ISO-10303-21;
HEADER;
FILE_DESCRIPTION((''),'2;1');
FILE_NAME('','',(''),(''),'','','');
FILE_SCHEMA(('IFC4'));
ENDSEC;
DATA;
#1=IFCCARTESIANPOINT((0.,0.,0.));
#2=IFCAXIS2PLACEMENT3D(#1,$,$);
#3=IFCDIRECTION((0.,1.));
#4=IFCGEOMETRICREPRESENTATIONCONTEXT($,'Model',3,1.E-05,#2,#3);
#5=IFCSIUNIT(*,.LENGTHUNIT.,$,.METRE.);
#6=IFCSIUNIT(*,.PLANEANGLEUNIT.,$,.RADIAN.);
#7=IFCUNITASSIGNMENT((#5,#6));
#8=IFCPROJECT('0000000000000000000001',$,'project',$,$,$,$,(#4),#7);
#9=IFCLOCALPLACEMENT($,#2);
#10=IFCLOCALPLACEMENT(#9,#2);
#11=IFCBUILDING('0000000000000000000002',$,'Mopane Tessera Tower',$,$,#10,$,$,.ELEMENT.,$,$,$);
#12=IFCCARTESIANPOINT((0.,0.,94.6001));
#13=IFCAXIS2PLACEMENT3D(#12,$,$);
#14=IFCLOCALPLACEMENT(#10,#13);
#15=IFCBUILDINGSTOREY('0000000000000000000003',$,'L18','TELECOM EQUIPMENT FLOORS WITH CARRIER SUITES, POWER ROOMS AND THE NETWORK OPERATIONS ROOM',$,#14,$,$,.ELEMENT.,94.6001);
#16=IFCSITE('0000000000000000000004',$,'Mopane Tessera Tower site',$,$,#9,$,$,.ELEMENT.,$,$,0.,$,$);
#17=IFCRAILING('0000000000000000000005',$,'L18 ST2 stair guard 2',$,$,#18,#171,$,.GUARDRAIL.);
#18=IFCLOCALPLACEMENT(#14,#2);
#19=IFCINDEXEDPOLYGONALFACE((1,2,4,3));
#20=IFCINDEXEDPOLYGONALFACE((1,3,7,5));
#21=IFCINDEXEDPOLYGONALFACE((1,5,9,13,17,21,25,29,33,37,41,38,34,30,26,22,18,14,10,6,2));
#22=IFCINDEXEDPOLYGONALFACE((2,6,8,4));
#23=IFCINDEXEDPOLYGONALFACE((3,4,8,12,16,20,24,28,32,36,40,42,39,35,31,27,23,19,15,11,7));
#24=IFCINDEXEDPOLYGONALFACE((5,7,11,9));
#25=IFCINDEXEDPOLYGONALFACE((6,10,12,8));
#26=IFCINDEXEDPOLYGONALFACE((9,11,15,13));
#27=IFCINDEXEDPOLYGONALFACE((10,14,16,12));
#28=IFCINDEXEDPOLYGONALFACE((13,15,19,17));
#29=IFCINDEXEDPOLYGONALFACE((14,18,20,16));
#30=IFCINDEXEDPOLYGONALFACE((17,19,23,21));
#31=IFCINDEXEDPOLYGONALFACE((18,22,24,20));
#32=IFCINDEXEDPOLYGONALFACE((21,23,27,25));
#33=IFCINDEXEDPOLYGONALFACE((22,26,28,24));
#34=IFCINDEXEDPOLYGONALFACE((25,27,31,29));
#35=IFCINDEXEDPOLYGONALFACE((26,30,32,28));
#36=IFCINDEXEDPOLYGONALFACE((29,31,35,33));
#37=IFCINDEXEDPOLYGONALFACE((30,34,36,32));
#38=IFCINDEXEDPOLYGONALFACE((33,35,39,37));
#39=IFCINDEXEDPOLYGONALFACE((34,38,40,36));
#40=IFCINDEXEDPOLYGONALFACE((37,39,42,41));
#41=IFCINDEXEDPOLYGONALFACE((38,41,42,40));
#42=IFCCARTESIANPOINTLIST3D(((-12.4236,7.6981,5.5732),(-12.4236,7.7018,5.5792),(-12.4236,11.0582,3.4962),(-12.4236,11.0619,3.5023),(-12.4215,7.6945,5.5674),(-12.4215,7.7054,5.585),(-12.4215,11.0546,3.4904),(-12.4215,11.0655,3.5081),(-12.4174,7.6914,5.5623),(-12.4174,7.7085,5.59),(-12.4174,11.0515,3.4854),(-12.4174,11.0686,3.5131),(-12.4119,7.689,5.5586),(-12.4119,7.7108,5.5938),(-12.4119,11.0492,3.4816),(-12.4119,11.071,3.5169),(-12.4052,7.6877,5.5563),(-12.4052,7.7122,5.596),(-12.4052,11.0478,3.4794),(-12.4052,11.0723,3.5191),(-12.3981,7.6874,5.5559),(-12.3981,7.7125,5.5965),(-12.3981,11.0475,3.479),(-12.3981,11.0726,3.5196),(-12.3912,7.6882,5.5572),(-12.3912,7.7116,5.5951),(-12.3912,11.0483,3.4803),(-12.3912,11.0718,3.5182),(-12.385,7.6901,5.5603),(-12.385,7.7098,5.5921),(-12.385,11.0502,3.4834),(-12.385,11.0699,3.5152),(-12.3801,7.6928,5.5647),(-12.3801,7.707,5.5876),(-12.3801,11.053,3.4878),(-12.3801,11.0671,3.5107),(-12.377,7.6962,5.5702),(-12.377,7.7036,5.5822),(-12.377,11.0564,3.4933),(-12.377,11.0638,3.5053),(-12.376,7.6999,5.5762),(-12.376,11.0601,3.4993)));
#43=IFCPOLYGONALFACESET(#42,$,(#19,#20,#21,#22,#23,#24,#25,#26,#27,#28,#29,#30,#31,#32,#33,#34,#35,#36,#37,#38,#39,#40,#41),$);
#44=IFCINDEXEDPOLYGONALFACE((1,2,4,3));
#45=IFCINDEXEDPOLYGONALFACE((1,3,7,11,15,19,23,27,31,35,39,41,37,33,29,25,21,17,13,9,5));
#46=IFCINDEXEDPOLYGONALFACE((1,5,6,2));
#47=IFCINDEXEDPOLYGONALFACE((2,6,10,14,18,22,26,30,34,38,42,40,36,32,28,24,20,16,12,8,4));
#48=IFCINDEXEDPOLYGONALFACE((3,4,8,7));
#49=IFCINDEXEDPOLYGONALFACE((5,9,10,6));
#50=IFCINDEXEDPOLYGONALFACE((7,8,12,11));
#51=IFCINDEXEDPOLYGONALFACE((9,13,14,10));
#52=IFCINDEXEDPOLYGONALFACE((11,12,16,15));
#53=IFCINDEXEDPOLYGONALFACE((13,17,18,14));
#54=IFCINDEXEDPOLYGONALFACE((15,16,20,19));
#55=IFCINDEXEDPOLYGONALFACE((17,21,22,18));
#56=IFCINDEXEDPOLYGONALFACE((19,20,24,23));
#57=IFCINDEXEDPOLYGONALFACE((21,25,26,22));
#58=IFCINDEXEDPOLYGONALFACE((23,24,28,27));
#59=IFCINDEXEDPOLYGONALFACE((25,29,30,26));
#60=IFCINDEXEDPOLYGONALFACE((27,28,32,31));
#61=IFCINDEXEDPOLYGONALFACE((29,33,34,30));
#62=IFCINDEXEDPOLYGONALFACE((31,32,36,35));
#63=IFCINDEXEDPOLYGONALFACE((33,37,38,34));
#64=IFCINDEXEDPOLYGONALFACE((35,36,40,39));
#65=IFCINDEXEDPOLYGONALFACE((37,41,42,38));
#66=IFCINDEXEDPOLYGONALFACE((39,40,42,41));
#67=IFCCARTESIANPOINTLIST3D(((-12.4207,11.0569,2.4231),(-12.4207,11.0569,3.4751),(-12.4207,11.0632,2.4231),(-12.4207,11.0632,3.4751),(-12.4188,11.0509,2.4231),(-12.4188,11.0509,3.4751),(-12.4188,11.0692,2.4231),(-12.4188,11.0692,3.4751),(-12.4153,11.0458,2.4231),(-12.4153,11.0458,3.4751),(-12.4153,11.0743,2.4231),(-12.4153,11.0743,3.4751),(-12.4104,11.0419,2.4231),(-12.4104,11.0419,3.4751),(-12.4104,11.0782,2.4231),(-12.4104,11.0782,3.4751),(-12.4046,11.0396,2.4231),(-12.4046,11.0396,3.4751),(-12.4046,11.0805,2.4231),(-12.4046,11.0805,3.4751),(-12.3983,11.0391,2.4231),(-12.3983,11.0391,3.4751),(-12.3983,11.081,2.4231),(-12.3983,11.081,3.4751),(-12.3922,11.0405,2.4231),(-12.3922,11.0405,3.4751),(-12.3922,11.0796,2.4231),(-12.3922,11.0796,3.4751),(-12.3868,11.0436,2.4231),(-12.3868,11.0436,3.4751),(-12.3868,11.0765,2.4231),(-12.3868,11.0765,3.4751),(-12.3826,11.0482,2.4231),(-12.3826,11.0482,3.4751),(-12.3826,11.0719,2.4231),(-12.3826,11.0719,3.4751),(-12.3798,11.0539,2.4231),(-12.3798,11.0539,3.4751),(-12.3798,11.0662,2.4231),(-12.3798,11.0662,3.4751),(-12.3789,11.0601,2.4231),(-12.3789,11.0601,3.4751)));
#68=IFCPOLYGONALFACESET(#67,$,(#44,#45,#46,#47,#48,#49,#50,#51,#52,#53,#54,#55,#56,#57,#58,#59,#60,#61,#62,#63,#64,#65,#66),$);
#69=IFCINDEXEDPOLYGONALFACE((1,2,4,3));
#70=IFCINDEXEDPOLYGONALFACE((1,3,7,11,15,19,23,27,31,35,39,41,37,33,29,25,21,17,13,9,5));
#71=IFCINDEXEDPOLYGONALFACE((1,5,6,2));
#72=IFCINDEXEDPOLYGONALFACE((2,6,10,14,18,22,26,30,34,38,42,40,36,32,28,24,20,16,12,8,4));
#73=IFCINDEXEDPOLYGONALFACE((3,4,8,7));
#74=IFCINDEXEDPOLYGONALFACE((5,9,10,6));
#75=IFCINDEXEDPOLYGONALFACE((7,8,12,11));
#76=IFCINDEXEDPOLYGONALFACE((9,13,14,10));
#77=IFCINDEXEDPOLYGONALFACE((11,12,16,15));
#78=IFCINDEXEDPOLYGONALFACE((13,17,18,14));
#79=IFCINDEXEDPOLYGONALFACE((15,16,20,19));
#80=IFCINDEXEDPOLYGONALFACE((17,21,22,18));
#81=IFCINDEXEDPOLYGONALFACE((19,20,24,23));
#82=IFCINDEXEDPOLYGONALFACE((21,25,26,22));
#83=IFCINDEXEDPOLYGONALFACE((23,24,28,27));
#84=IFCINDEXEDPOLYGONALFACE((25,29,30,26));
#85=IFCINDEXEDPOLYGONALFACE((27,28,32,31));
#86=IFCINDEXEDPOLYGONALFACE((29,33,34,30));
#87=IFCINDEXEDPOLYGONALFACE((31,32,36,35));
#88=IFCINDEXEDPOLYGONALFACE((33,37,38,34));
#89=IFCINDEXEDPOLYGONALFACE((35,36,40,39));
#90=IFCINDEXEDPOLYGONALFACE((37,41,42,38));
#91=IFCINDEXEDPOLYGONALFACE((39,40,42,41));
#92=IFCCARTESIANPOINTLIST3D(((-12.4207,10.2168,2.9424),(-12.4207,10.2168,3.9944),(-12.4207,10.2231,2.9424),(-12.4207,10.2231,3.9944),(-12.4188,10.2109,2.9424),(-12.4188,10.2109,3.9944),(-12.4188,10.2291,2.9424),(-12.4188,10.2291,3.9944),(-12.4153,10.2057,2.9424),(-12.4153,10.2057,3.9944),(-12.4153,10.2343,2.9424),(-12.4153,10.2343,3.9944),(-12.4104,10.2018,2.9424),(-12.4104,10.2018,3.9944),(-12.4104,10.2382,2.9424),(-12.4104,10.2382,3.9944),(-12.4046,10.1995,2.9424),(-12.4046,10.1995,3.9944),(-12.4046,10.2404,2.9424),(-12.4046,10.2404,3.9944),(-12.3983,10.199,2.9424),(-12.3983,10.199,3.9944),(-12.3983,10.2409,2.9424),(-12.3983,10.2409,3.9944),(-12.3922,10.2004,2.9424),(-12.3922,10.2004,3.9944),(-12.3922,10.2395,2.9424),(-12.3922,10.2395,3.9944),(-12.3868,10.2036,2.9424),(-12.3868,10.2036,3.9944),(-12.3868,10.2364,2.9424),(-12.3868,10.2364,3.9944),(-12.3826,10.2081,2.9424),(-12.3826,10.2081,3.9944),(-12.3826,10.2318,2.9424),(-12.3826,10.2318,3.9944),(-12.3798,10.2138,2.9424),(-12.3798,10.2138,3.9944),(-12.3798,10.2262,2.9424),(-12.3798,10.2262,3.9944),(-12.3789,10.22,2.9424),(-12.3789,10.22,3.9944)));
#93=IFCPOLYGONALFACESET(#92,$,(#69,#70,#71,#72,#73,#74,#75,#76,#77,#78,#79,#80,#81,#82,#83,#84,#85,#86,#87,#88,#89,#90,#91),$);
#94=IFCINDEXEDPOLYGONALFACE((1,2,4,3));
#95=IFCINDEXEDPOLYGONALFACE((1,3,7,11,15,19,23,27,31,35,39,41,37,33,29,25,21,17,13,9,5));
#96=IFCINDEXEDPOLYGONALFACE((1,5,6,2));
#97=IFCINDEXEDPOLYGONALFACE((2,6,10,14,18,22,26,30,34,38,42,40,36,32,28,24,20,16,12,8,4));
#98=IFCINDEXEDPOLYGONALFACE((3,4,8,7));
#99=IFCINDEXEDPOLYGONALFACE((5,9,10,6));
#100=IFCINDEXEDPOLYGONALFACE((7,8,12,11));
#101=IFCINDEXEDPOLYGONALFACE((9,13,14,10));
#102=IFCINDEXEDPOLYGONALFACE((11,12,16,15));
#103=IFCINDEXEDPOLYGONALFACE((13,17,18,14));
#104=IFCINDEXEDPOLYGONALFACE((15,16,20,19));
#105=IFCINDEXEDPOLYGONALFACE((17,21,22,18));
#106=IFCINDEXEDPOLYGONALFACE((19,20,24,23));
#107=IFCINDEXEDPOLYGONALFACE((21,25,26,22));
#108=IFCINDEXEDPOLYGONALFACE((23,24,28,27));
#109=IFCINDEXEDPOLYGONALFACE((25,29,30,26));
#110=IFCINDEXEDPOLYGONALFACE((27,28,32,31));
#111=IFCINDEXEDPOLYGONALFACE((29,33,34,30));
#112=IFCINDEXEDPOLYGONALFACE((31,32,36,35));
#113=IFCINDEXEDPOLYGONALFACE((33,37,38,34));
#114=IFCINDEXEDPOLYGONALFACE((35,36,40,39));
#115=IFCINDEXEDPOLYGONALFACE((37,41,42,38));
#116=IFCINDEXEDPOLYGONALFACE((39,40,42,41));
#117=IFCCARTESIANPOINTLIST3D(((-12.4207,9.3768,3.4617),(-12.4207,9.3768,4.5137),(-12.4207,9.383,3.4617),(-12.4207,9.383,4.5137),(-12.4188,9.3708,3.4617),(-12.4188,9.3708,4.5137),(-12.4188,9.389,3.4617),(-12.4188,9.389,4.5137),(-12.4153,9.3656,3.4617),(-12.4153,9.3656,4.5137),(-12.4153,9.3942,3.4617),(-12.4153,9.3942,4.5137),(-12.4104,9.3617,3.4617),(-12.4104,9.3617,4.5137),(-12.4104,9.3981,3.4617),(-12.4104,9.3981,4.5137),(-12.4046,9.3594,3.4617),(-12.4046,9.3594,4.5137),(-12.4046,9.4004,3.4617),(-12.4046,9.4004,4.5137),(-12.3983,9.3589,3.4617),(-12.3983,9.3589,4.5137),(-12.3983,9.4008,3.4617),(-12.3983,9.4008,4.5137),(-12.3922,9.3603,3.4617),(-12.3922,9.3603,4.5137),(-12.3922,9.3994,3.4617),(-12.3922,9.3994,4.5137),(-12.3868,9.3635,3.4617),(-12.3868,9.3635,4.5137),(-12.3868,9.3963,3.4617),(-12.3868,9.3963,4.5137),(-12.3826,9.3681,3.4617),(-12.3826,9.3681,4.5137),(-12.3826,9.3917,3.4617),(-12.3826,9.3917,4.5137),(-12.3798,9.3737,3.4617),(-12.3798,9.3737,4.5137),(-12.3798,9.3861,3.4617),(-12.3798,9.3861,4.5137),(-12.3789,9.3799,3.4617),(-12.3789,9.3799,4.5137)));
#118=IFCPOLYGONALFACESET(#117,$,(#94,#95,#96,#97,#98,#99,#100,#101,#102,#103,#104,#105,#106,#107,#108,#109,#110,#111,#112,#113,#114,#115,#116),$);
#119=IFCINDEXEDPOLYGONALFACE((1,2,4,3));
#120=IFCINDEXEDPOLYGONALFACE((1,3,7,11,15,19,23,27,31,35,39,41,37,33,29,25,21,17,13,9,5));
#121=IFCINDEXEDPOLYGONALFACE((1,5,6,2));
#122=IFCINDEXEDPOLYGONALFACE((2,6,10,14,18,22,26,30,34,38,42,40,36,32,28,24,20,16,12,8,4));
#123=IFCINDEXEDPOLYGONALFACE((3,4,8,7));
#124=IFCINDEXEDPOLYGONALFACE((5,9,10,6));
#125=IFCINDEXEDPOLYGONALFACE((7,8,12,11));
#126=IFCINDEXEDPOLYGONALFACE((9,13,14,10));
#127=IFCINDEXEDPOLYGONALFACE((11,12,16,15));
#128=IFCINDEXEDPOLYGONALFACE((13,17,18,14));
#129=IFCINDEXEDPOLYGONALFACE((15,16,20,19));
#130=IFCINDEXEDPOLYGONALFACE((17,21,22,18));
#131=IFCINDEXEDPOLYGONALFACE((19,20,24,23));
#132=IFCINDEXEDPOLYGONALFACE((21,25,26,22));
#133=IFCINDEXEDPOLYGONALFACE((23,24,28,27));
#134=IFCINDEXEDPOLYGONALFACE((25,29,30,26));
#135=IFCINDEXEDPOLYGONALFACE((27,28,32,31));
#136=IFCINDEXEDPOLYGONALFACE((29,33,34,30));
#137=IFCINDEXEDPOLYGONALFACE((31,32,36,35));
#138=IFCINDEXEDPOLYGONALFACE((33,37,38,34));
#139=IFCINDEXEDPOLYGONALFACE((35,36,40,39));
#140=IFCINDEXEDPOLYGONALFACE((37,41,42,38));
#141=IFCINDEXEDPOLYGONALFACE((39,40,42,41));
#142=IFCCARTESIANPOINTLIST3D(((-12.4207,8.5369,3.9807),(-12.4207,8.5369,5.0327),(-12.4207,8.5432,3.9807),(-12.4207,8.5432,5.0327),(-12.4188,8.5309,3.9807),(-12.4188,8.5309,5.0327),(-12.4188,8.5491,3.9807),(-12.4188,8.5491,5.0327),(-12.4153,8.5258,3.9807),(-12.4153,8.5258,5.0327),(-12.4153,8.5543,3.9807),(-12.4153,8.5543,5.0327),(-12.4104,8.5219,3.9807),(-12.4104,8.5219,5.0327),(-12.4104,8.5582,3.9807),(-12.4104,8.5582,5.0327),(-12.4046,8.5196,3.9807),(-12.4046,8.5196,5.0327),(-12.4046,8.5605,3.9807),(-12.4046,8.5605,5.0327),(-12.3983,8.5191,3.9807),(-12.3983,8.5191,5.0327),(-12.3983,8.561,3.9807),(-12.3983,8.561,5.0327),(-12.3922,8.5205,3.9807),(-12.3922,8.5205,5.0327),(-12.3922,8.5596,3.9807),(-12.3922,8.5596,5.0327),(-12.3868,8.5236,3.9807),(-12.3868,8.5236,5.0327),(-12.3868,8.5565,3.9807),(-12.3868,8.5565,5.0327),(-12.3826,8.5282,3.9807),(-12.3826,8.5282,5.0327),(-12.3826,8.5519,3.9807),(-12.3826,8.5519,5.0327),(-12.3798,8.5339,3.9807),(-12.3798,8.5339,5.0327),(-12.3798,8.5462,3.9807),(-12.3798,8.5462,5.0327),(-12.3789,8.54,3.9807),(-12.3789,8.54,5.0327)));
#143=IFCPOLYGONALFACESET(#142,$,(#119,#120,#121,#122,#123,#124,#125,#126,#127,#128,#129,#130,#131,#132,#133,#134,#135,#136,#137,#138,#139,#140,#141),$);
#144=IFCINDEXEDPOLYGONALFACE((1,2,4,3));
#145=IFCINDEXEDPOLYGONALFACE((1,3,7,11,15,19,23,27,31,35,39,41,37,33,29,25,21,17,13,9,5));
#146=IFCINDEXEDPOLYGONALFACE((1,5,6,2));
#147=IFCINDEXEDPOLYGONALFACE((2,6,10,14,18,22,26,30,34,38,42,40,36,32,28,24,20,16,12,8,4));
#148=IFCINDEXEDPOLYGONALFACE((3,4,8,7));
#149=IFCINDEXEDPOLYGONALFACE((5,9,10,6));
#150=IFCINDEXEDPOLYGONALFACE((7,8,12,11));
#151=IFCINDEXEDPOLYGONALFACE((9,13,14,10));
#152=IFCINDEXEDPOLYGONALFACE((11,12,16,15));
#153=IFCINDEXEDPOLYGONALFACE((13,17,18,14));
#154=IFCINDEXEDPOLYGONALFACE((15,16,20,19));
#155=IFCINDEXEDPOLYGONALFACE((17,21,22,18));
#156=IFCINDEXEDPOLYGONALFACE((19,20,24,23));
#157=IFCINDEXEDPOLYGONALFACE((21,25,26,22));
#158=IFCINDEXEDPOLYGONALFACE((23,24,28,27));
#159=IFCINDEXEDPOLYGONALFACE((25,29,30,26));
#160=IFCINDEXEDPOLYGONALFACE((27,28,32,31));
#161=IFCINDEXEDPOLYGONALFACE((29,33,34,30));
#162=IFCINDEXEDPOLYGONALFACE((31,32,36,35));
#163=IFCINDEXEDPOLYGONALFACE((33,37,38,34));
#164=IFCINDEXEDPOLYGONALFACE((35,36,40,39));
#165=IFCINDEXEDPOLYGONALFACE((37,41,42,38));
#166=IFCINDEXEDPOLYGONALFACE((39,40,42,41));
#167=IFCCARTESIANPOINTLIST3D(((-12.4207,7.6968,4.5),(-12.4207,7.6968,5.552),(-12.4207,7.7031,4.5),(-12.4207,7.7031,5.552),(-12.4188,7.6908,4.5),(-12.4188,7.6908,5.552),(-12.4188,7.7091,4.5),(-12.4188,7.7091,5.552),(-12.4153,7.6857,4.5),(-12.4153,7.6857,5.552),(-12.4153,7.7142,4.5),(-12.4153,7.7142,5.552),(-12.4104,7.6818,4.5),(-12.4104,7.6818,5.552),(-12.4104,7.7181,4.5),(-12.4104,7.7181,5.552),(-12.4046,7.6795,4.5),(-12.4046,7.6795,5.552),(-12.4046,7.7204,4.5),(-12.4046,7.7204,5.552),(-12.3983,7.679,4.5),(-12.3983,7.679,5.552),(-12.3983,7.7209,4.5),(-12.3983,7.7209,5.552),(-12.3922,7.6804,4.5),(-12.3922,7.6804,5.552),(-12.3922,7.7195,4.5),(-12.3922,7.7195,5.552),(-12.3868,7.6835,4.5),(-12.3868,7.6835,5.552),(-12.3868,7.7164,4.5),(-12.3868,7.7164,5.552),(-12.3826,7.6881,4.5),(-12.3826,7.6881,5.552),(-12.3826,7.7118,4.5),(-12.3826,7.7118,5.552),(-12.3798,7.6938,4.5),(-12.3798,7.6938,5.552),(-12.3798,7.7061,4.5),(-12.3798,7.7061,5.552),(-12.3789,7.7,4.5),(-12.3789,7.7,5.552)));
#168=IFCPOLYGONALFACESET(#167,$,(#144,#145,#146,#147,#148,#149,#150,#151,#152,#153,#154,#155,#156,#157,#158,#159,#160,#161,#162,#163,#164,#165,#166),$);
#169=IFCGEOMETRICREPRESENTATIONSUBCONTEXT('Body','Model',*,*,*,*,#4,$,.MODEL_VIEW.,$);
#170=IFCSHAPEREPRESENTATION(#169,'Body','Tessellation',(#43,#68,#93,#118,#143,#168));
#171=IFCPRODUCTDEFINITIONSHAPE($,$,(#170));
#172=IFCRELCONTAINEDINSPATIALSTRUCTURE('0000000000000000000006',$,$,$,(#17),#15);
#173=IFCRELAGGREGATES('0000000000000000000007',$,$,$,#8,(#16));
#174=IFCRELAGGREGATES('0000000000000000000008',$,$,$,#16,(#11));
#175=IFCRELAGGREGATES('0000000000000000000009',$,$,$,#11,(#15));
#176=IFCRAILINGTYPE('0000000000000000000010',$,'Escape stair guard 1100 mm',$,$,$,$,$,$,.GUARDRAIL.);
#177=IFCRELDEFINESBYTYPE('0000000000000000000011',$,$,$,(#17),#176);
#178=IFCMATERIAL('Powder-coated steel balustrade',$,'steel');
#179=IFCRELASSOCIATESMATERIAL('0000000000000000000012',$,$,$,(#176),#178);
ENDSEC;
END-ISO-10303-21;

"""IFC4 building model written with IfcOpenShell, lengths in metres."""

from ifc_helpers import new_model, si_unit, direction, frame, origin, origin_2d, place, context, subcontext, project, spatial, circle, extrude, material, type_object, element, save


model = new_model("IFC4")

# Units and contexts
model_context = context("Model", 3, precision=1e-05, world=origin(), true_north=direction((0.0, 1.0)))
body_context = subcontext(model_context, "Body", "Model", "MODEL_VIEW")
ifc_project = project(units=[si_unit("LENGTHUNIT", "METRE"), si_unit("PLANEANGLEUNIT", "RADIAN")], contexts=[model_context])

# Site, building, storey
site_placement = place(None, origin())
site = spatial("IfcSite", under=ifc_project, at=site_placement, Name="Mopane Tessera Tower site", CompositionType="ELEMENT", RefElevation=0.0)
building_placement = place(site_placement, origin())
building = spatial("IfcBuilding", under=site, at=building_placement, Name="Mopane Tessera Tower", CompositionType="ELEMENT")
storey_placement = place(building_placement, frame((0.0, 0.0, 94.6001)))
storey = spatial("IfcBuildingStorey", under=building, at=storey_placement, Name="L18", Description="TELECOM EQUIPMENT FLOORS WITH CARRIER SUITES, POWER ROOMS AND THE NETWORK OPERATIONS ROOM", CompositionType="ELEMENT", Elevation=94.6001)

# Railing
ifc_material_1 = material(Name="Powder-coated steel balustrade", Category="steel")
railing_type_1 = type_object("IfcRailingType", Name="Escape stair guard 1100 mm", PredefinedType="GUARDRAIL", material=ifc_material_1)
railing_1_placement = place(storey_placement, frame((-12.3999, 11.0601, 2.4231)))
element("IfcRailing", 1, at=railing_1_placement, inside=storey, type_object=railing_type_1, Name="L18 ST2 stair guard 2", PredefinedType="GUARDRAIL", context=body_context, shape_type="SweptSolid", body=[
    extrude(circle(Radius=0.0239, at=origin_2d()), frame((0.0, 0.0, 1.0762), z_axis=(0.0, -0.850623, 0.525776), x_axis=(1.0, 0.0, 0.0)), (0.0, 0.0, 1.0), 3.9502),
    extrude(circle(Radius=0.021, at=origin_2d()), origin(), (0.0, 0.0, 1.0), 1.052),
    extrude(circle(Radius=0.021, at=origin_2d()), frame((0.0, -0.8401, 0.5193)), (0.0, 0.0, 1.0), 1.052),
    extrude(circle(Radius=0.021, at=origin_2d()), frame((0.0, -1.6802, 1.0386)), (0.0, 0.0, 1.0), 1.052),
    extrude(circle(Radius=0.021, at=origin_2d()), frame((0.0, -2.52, 1.5576)), (0.0, 0.0, 1.0), 1.052),
    extrude(circle(Radius=0.021, at=origin_2d()), frame((0.0, -3.3601, 2.0769)), (0.0, 0.0, 1.0), 1.052),
])

save(model, "model.ifc")
